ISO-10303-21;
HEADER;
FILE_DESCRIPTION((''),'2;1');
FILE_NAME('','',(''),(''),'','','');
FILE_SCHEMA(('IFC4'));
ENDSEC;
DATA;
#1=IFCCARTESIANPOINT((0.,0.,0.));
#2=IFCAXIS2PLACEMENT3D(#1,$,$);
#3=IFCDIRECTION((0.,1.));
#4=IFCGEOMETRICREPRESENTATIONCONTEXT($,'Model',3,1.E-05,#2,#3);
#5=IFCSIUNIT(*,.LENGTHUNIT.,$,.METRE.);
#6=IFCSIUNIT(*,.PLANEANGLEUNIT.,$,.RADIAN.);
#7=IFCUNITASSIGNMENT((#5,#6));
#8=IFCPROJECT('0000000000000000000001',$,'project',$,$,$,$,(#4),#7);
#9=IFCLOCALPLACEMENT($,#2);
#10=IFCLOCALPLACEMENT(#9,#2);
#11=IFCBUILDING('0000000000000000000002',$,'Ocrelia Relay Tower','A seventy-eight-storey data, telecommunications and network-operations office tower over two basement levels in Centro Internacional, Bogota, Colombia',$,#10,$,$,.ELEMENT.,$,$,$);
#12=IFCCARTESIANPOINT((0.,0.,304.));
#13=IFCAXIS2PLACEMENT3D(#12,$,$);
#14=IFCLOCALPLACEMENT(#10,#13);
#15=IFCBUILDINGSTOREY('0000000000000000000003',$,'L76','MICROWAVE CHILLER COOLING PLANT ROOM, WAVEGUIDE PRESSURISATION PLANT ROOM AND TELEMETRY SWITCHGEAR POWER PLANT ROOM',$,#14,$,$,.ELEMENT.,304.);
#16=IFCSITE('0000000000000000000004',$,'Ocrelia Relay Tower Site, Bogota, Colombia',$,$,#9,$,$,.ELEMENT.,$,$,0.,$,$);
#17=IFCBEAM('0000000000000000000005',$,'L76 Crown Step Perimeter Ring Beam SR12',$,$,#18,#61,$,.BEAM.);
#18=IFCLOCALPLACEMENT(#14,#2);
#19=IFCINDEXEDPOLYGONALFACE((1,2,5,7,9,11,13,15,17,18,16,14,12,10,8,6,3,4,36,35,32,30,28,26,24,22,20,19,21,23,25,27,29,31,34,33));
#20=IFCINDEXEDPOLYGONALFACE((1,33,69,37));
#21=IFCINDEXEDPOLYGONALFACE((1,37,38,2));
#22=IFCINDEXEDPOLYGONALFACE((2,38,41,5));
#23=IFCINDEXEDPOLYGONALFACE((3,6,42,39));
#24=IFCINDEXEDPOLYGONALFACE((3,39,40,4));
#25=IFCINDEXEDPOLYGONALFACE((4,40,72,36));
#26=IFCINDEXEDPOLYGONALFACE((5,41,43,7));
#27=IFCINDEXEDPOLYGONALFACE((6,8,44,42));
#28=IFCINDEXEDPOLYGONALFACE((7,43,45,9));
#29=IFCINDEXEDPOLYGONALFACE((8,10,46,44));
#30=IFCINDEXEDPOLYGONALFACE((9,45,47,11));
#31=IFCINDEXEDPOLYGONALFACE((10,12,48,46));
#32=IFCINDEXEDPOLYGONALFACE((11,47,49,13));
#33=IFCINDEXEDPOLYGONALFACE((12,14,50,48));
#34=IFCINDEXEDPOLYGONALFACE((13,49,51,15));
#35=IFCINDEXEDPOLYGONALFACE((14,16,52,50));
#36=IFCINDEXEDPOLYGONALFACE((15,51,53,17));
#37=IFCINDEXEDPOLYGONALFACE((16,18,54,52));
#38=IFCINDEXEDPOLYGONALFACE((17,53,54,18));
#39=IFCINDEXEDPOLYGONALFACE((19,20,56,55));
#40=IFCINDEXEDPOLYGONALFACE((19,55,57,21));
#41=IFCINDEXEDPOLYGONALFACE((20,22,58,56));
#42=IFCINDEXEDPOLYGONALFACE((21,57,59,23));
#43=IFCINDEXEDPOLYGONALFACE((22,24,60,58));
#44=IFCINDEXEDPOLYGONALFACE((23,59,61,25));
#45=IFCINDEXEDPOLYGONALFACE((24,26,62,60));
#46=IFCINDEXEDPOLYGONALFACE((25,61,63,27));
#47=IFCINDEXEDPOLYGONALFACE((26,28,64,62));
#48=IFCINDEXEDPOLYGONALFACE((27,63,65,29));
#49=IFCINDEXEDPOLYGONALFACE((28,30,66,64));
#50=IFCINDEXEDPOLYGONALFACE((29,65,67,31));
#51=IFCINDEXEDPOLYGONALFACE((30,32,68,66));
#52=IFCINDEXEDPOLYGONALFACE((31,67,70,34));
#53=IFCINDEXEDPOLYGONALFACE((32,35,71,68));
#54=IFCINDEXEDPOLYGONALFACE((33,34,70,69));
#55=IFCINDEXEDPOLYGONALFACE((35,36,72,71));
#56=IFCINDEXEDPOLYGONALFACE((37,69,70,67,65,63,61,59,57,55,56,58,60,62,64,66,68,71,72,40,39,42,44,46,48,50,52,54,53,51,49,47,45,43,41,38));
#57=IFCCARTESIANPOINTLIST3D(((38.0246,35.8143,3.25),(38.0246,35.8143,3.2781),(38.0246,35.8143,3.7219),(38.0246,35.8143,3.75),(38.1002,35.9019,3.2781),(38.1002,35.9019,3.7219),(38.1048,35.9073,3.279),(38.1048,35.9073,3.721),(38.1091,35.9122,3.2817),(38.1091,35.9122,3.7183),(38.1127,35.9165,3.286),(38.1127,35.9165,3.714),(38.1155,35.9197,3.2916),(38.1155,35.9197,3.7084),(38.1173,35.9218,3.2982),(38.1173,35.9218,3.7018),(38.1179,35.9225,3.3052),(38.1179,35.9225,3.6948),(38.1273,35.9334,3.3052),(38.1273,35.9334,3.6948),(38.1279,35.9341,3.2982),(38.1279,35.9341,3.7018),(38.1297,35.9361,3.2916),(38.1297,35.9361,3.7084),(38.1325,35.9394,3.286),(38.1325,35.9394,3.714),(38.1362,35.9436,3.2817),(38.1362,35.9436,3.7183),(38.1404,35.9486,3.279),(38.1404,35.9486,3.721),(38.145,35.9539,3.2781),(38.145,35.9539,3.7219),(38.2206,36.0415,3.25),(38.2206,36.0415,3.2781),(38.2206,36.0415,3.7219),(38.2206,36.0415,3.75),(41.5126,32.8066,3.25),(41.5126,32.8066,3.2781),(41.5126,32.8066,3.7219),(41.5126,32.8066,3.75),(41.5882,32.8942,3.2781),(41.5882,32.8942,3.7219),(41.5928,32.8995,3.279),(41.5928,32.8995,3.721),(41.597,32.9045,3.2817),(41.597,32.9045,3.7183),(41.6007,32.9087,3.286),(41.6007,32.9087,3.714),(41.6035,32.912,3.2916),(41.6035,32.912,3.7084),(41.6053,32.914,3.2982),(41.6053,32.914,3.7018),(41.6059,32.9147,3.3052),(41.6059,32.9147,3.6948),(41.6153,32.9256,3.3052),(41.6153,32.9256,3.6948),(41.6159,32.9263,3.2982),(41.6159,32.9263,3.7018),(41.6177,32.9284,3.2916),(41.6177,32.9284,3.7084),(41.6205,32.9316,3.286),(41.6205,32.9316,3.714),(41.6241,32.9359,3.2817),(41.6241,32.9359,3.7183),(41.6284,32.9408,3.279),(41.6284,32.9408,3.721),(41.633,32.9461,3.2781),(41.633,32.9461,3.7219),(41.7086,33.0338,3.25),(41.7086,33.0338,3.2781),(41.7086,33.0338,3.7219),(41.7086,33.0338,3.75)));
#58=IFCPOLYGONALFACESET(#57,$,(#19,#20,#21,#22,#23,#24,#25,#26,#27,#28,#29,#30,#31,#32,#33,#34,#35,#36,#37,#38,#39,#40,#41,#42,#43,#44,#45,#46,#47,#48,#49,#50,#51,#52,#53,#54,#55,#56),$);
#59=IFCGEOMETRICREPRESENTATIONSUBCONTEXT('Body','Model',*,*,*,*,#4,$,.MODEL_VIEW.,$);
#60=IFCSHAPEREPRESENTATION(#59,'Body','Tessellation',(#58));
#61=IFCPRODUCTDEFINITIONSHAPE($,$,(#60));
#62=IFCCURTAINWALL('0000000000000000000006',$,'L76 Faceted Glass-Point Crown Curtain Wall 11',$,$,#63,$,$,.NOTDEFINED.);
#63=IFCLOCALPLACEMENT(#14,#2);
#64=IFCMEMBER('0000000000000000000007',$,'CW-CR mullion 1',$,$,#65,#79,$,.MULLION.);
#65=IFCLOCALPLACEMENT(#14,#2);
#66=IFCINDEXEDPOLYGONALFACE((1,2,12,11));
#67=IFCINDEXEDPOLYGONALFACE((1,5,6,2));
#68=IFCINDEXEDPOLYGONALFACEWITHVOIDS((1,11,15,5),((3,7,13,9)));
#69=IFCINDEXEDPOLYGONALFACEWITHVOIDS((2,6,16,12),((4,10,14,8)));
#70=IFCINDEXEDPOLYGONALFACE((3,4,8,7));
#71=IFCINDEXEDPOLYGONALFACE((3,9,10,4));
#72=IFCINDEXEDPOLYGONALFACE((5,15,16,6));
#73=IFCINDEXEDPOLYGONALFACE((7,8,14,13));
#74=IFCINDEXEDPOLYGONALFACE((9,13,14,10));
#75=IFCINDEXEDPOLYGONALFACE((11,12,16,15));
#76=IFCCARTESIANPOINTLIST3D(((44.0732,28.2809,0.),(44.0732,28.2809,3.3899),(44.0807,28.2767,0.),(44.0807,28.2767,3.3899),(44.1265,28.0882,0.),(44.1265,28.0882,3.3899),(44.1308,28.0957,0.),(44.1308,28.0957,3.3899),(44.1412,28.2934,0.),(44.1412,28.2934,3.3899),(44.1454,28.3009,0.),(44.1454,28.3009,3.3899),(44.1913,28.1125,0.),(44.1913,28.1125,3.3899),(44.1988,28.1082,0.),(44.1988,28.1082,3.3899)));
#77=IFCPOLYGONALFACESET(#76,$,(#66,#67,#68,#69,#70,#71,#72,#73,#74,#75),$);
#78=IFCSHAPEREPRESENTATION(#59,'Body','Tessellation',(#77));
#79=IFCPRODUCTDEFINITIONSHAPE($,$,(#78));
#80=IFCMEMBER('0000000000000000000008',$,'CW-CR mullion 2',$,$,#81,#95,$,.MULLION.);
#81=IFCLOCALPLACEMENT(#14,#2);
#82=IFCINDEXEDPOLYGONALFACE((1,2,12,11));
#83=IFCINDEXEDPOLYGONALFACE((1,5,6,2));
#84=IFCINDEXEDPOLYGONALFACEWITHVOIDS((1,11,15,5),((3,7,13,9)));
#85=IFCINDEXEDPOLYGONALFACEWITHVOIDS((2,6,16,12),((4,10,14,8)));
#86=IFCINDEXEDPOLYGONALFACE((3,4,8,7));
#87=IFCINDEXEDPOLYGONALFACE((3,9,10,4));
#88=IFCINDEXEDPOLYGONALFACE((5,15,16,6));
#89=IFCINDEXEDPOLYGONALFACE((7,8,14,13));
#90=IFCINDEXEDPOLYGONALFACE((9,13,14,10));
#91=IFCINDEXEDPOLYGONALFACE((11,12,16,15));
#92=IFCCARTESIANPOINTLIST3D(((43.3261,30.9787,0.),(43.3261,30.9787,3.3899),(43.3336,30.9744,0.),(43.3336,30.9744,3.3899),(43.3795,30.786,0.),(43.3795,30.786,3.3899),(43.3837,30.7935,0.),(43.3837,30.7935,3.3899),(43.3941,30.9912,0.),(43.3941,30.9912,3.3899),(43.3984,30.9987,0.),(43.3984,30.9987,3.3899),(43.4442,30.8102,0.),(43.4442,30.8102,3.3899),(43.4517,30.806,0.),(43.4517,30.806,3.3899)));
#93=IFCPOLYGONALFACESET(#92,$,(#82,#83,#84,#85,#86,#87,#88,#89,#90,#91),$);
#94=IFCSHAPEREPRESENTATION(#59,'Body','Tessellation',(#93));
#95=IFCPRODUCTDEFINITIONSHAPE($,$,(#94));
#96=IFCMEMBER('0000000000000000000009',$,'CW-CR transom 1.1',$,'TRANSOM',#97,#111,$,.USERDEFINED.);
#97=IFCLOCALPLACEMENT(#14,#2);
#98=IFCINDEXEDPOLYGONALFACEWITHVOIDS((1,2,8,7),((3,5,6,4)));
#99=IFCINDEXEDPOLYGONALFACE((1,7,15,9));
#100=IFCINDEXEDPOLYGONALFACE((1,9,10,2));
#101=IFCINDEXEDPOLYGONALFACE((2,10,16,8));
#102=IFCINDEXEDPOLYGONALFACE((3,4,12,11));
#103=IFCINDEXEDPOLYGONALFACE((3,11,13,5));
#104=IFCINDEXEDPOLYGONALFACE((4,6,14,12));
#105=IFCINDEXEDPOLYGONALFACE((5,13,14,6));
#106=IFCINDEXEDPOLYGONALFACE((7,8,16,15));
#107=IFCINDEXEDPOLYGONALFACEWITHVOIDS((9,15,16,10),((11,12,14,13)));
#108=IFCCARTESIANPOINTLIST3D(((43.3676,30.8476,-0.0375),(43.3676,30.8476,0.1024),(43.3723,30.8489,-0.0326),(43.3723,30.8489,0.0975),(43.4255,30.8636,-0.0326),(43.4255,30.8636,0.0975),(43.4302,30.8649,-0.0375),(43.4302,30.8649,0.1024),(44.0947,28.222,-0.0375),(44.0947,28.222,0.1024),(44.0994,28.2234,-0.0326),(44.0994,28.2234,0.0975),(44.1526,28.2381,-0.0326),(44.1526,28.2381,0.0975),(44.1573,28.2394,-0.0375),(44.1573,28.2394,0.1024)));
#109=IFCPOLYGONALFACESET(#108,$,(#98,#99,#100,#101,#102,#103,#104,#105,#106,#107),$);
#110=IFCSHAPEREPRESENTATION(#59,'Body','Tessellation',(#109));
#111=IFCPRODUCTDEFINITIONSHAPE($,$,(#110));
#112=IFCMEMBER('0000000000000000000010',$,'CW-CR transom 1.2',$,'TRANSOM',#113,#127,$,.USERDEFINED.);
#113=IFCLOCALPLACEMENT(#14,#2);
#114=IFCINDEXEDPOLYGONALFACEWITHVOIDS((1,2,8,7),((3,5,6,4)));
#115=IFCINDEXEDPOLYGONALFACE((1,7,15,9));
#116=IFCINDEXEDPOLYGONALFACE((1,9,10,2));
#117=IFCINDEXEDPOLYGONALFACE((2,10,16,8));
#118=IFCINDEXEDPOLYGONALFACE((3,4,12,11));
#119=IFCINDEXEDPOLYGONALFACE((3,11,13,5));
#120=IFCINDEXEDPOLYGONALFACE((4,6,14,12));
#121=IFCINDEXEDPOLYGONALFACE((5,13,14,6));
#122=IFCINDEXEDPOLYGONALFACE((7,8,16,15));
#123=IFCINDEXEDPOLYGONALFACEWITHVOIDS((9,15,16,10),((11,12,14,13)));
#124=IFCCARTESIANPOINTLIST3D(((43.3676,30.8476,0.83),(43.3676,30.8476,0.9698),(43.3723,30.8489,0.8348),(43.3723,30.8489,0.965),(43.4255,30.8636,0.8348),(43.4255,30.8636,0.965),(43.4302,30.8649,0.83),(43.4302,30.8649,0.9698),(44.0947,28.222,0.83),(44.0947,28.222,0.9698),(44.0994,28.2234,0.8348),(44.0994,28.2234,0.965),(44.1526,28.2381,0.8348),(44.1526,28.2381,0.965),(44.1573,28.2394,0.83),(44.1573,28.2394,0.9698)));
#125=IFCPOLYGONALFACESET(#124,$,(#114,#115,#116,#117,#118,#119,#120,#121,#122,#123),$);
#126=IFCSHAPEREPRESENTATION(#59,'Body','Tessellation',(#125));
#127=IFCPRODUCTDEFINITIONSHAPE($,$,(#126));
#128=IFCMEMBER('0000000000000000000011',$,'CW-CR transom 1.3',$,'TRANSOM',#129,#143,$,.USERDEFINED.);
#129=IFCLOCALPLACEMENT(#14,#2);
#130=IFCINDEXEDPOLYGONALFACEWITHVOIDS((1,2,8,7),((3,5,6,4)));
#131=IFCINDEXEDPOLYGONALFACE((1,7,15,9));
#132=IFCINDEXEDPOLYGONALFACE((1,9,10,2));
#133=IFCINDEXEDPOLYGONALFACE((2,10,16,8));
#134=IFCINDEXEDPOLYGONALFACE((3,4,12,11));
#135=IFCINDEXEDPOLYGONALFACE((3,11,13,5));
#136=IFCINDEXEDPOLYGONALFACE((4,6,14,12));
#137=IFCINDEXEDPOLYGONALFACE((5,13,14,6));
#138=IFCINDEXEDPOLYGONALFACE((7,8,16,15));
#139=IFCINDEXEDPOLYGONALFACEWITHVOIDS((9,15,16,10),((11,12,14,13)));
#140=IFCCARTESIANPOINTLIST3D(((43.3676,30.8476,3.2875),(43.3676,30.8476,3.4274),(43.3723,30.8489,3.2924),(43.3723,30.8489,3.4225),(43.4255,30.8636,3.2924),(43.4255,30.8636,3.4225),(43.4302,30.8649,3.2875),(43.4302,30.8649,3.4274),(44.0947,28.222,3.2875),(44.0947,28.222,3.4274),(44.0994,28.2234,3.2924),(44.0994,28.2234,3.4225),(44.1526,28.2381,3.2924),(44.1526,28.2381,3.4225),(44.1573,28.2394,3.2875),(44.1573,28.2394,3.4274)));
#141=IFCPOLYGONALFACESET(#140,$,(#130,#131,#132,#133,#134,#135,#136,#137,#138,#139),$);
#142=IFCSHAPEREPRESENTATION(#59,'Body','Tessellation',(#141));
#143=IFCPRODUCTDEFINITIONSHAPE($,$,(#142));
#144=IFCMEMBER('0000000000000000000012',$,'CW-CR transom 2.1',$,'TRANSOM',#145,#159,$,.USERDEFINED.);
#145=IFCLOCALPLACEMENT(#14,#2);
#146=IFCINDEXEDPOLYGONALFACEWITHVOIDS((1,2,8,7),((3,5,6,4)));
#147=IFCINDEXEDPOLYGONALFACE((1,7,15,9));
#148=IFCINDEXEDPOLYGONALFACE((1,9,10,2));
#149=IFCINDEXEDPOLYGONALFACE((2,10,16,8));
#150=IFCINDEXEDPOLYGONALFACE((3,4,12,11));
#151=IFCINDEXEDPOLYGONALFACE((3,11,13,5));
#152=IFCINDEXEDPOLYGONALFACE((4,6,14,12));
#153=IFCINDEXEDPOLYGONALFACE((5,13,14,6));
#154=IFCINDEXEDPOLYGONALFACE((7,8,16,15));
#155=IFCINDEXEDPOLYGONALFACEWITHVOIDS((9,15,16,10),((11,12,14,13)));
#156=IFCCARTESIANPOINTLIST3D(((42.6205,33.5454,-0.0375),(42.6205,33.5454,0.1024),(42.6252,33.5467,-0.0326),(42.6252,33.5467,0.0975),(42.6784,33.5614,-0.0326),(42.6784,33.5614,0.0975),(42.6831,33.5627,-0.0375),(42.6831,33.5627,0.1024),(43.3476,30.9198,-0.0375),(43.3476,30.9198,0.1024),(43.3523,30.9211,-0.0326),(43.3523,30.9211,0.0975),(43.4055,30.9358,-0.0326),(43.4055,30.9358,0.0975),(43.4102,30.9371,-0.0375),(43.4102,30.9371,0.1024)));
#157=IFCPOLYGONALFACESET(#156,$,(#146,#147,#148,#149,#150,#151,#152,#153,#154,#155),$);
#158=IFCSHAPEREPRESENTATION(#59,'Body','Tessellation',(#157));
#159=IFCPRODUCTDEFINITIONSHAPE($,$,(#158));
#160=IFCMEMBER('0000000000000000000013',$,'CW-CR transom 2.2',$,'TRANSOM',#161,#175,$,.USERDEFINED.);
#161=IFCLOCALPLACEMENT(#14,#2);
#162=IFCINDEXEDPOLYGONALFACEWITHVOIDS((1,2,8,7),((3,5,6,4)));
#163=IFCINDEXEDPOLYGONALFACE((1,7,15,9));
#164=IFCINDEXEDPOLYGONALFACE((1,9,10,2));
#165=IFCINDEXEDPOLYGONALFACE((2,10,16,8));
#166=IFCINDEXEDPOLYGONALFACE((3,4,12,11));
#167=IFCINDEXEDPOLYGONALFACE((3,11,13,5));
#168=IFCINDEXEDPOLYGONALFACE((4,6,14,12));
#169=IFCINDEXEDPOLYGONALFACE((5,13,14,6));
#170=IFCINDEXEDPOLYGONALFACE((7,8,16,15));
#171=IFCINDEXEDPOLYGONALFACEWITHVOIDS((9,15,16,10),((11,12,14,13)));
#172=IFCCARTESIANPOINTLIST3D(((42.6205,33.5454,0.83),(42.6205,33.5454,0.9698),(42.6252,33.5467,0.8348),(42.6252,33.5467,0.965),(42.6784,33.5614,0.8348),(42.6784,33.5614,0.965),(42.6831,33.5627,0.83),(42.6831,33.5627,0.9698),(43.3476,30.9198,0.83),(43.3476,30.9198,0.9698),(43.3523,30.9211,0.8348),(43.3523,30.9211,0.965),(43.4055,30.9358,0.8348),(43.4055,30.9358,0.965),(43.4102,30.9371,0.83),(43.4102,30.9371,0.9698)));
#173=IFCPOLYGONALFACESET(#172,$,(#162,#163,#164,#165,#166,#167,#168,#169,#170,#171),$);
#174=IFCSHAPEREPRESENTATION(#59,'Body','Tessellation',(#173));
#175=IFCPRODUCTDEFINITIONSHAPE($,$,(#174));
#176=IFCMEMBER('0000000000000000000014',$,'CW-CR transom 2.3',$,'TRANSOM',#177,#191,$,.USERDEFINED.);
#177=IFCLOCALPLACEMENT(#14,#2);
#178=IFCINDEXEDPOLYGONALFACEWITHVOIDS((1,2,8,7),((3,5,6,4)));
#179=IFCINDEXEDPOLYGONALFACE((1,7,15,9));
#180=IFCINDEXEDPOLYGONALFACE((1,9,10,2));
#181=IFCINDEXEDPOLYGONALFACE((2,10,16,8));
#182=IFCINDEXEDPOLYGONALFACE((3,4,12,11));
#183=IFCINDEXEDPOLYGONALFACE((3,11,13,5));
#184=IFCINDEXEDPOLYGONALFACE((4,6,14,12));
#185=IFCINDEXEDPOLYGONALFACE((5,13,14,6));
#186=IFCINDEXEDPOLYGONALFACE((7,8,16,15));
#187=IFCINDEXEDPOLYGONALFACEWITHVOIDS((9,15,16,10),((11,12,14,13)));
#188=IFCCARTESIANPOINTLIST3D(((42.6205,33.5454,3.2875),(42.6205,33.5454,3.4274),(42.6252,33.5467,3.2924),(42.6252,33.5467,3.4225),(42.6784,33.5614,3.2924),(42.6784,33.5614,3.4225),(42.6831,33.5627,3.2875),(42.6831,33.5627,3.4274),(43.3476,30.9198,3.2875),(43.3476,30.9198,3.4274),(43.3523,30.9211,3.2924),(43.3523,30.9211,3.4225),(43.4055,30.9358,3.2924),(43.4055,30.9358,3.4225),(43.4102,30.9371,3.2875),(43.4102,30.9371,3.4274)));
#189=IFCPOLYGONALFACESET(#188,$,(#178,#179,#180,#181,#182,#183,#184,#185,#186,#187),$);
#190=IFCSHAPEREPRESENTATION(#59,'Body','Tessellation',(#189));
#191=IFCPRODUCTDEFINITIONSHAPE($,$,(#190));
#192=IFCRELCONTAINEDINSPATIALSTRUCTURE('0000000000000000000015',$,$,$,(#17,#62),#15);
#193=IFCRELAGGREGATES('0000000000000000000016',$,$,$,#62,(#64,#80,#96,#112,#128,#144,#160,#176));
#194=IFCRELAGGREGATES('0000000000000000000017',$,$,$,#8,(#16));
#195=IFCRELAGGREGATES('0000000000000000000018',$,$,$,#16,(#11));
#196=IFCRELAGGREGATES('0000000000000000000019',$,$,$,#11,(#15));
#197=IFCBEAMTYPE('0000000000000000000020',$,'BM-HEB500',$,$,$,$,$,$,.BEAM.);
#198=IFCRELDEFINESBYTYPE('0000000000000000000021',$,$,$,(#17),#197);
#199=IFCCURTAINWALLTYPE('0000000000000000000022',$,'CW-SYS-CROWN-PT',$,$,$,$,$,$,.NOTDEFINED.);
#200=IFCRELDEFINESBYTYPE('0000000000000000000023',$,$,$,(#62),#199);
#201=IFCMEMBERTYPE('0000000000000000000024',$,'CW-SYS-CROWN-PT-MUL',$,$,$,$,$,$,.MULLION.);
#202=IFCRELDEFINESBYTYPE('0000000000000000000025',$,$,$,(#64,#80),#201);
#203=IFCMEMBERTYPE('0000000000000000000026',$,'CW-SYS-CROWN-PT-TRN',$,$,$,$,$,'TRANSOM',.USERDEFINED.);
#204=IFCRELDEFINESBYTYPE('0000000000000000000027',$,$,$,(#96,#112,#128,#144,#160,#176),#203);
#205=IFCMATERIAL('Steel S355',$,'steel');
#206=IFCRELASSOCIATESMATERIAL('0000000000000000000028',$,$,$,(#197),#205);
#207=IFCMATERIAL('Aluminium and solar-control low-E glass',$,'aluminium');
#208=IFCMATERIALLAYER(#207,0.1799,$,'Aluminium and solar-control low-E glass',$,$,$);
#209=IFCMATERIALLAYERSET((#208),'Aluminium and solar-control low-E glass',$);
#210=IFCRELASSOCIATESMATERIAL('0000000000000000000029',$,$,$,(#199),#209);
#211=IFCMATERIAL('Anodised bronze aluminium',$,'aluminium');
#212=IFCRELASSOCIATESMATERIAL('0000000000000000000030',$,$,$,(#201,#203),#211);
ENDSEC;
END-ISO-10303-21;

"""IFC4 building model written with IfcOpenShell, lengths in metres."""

from ifc_helpers import new_model, si_unit, direction, frame, origin, origin_2d, place, context, subcontext, project, spatial, hollow_rectangle, i_section, extrude, material, layer, layer_set, material_profile, profile_set, type_object, element, aggregate, save


model = new_model("IFC4")

# Units and contexts
model_context = context("Model", 3, precision=1e-05, world=origin(), true_north=direction((0.0, 1.0)))
body_context = subcontext(model_context, "Body", "Model", "MODEL_VIEW")
ifc_project = project(units=[si_unit("LENGTHUNIT", "METRE"), si_unit("PLANEANGLEUNIT", "RADIAN")], contexts=[model_context])

# Site, building, storey
site_placement = place(None, origin())
site = spatial("IfcSite", under=ifc_project, at=site_placement, Name="Ocrelia Relay Tower Site, Bogota, Colombia", CompositionType="ELEMENT", RefElevation=0.0)
building_placement = place(site_placement, origin())
building = spatial("IfcBuilding", under=site, at=building_placement, Name="Ocrelia Relay Tower", Description="A seventy-eight-storey data, telecommunications and network-operations office tower over two basement levels in Centro Internacional, Bogota, Colombia", CompositionType="ELEMENT")
storey_placement = place(building_placement, frame((0.0, 0.0, 304.0)))
storey = spatial("IfcBuildingStorey", under=building, at=storey_placement, Name="L76", Description="MICROWAVE CHILLER COOLING PLANT ROOM, WAVEGUIDE PRESSURISATION PLANT ROOM AND TELEMETRY SWITCHGEAR POWER PLANT ROOM", CompositionType="ELEMENT", Elevation=304.0)

# Beam
ifc_material_1 = material(Name="Steel S355", Category="steel")
ifc_material_profile_1 = material_profile(ifc_material_1, i_section(OverallWidth=0.3, OverallDepth=0.5, WebThickness=0.0144, FlangeThickness=0.0281, FilletRadius=0.0271, at=origin_2d()), Name="HEB 500")
ifc_profile_set_1 = profile_set([ifc_material_profile_1], Name="Steel S355")
beam_type_1 = type_object("IfcBeamType", Name="BM-HEB500", PredefinedType="BEAM", material=ifc_profile_set_1)
beam_1_placement = place(storey_placement, frame((41.6106, 32.9202, 3.5), z_axis=(-0.757315, 0.65305, 0.0), x_axis=(-0.65305, -0.757315, 0.0)))
element("IfcBeam", 1, at=beam_1_placement, inside=storey, type_object=beam_type_1, Name="L76 Crown Step Perimeter Ring Beam SR12", PredefinedType="BEAM", context=body_context, shape_type="SweptSolid", body=[
    extrude(i_section(OverallWidth=0.3, OverallDepth=0.5, WebThickness=0.0144, FlangeThickness=0.0281, FilletRadius=0.0271, at=origin_2d()), origin(), (0.0, 0.0, 1.0), 4.6057),
])

# Curtain wall, members
ifc_material_2 = material(Name="Aluminium and solar-control low-E glass", Category="aluminium")
ifc_layer_1 = layer(ifc_material_2, 0.1799, Name="Aluminium and solar-control low-E glass")
ifc_layer_set_1 = layer_set([ifc_layer_1], Name="Aluminium and solar-control low-E glass")
curtain_wall_type = type_object("IfcCurtainWallType", Name="CW-SYS-CROWN-PT", PredefinedType="NOTDEFINED", material=ifc_layer_set_1)
curtain_wall_placement = place(storey_placement, origin())
curtain_wall = element("IfcCurtainWall", 2, at=curtain_wall_placement, inside=storey, type_object=curtain_wall_type, Name="L76 Faceted Glass-Point Crown Curtain Wall 11", PredefinedType="NOTDEFINED")
ifc_material_3 = material(Name="Anodised bronze aluminium", Category="aluminium")
ifc_material_profile_2 = material_profile(ifc_material_3, hollow_rectangle(XDim=0.075, YDim=0.2, WallThickness=0.0061, at=origin_2d()), Name="CW-MUL-200x75")
ifc_profile_set_2 = profile_set([ifc_material_profile_2], Name="Anodised bronze aluminium")
member_type_1 = type_object("IfcMemberType", Name="CW-SYS-CROWN-PT-MUL", PredefinedType="MULLION", material=ifc_profile_set_2)
member_1_placement = place(storey_placement, frame((44.136, 28.1946, 0.0), z_axis=(0.0, 0.0, 1.0), x_axis=(-0.963737, -0.266853, 0.0)))
member_1 = element("IfcMember", 3, at=member_1_placement, type_object=member_type_1, Name="CW-CR mullion 1", PredefinedType="MULLION", context=body_context, shape_type="SweptSolid", body=[
    extrude(hollow_rectangle(XDim=0.075, YDim=0.2, WallThickness=0.0061, at=origin_2d()), origin(), (0.0, 0.0, 1.0), 3.3899),
])
member_2_placement = place(storey_placement, frame((43.3889, 30.8923, 0.0), z_axis=(0.0, 0.0, 1.0), x_axis=(-0.963737, -0.266853, 0.0)))
member_2 = element("IfcMember", 4, at=member_2_placement, type_object=member_type_1, Name="CW-CR mullion 2", PredefinedType="MULLION", context=body_context, shape_type="SweptSolid", body=[
    extrude(hollow_rectangle(XDim=0.075, YDim=0.2, WallThickness=0.0061, at=origin_2d()), origin(), (0.0, 0.0, 1.0), 3.3899),
])
ifc_material_profile_3 = material_profile(ifc_material_3, hollow_rectangle(XDim=0.0649, YDim=0.1399, WallThickness=0.0049, at=origin_2d()), Name="CW-TRN-140x65")
ifc_profile_set_3 = profile_set([ifc_material_profile_3], Name="Anodised bronze aluminium")
member_type_2 = type_object("IfcMemberType", Name="CW-SYS-CROWN-PT-TRN", ElementType="TRANSOM", PredefinedType="USERDEFINED", material=ifc_profile_set_3)
member_3_placement = place(storey_placement, frame((44.126, 28.2307, 0.0325), z_axis=(-0.266877, 0.963731, 0.0), x_axis=(-0.963731, -0.266877, 0.0)))
member_3 = element("IfcMember", 5, at=member_3_placement, type_object=member_type_2, Name="CW-CR transom 1.1", ObjectType="TRANSOM", PredefinedType="USERDEFINED", context=body_context, shape_type="SweptSolid", body=[
    extrude(hollow_rectangle(XDim=0.0649, YDim=0.1399, WallThickness=0.0049, at=origin_2d()), origin(), (0.0, 0.0, 1.0), 2.7244),
])
member_4_placement = place(storey_placement, frame((44.126, 28.2307, 0.8999), z_axis=(-0.266877, 0.963731, 0.0), x_axis=(-0.963731, -0.266877, 0.0)))
member_4 = element("IfcMember", 6, at=member_4_placement, type_object=member_type_2, Name="CW-CR transom 1.2", ObjectType="TRANSOM", PredefinedType="USERDEFINED", context=body_context, shape_type="SweptSolid", body=[
    extrude(hollow_rectangle(XDim=0.0649, YDim=0.1399, WallThickness=0.0049, at=origin_2d()), origin(), (0.0, 0.0, 1.0), 2.7244),
])
member_5_placement = place(storey_placement, frame((44.126, 28.2307, 3.3574), z_axis=(-0.266877, 0.963731, 0.0), x_axis=(-0.963731, -0.266877, 0.0)))
member_5 = element("IfcMember", 7, at=member_5_placement, type_object=member_type_2, Name="CW-CR transom 1.3", ObjectType="TRANSOM", PredefinedType="USERDEFINED", context=body_context, shape_type="SweptSolid", body=[
    extrude(hollow_rectangle(XDim=0.0649, YDim=0.1399, WallThickness=0.0049, at=origin_2d()), origin(), (0.0, 0.0, 1.0), 2.7244),
])
member_6_placement = place(storey_placement, frame((43.3789, 30.9285, 0.0325), z_axis=(-0.266877, 0.963731, 0.0), x_axis=(-0.963731, -0.266877, 0.0)))
member_6 = element("IfcMember", 8, at=member_6_placement, type_object=member_type_2, Name="CW-CR transom 2.1", ObjectType="TRANSOM", PredefinedType="USERDEFINED", context=body_context, shape_type="SweptSolid", body=[
    extrude(hollow_rectangle(XDim=0.0649, YDim=0.1399, WallThickness=0.0049, at=origin_2d()), origin(), (0.0, 0.0, 1.0), 2.7244),
])
member_7_placement = place(storey_placement, frame((43.3789, 30.9285, 0.8999), z_axis=(-0.266877, 0.963731, 0.0), x_axis=(-0.963731, -0.266877, 0.0)))
member_7 = element("IfcMember", 9, at=member_7_placement, type_object=member_type_2, Name="CW-CR transom 2.2", ObjectType="TRANSOM", PredefinedType="USERDEFINED", context=body_context, shape_type="SweptSolid", body=[
    extrude(hollow_rectangle(XDim=0.0649, YDim=0.1399, WallThickness=0.0049, at=origin_2d()), origin(), (0.0, 0.0, 1.0), 2.7244),
])
member_8_placement = place(storey_placement, frame((43.3789, 30.9285, 3.3574), z_axis=(-0.266877, 0.963731, 0.0), x_axis=(-0.963731, -0.266877, 0.0)))
member_8 = element("IfcMember", 10, at=member_8_placement, type_object=member_type_2, Name="CW-CR transom 2.3", ObjectType="TRANSOM", PredefinedType="USERDEFINED", context=body_context, shape_type="SweptSolid", body=[
    extrude(hollow_rectangle(XDim=0.0649, YDim=0.1399, WallThickness=0.0049, at=origin_2d()), origin(), (0.0, 0.0, 1.0), 2.7244),
])

aggregate(curtain_wall, [member_1, member_2, member_3, member_4, member_5, member_6, member_7, member_8])

save(model, "model.ifc")
